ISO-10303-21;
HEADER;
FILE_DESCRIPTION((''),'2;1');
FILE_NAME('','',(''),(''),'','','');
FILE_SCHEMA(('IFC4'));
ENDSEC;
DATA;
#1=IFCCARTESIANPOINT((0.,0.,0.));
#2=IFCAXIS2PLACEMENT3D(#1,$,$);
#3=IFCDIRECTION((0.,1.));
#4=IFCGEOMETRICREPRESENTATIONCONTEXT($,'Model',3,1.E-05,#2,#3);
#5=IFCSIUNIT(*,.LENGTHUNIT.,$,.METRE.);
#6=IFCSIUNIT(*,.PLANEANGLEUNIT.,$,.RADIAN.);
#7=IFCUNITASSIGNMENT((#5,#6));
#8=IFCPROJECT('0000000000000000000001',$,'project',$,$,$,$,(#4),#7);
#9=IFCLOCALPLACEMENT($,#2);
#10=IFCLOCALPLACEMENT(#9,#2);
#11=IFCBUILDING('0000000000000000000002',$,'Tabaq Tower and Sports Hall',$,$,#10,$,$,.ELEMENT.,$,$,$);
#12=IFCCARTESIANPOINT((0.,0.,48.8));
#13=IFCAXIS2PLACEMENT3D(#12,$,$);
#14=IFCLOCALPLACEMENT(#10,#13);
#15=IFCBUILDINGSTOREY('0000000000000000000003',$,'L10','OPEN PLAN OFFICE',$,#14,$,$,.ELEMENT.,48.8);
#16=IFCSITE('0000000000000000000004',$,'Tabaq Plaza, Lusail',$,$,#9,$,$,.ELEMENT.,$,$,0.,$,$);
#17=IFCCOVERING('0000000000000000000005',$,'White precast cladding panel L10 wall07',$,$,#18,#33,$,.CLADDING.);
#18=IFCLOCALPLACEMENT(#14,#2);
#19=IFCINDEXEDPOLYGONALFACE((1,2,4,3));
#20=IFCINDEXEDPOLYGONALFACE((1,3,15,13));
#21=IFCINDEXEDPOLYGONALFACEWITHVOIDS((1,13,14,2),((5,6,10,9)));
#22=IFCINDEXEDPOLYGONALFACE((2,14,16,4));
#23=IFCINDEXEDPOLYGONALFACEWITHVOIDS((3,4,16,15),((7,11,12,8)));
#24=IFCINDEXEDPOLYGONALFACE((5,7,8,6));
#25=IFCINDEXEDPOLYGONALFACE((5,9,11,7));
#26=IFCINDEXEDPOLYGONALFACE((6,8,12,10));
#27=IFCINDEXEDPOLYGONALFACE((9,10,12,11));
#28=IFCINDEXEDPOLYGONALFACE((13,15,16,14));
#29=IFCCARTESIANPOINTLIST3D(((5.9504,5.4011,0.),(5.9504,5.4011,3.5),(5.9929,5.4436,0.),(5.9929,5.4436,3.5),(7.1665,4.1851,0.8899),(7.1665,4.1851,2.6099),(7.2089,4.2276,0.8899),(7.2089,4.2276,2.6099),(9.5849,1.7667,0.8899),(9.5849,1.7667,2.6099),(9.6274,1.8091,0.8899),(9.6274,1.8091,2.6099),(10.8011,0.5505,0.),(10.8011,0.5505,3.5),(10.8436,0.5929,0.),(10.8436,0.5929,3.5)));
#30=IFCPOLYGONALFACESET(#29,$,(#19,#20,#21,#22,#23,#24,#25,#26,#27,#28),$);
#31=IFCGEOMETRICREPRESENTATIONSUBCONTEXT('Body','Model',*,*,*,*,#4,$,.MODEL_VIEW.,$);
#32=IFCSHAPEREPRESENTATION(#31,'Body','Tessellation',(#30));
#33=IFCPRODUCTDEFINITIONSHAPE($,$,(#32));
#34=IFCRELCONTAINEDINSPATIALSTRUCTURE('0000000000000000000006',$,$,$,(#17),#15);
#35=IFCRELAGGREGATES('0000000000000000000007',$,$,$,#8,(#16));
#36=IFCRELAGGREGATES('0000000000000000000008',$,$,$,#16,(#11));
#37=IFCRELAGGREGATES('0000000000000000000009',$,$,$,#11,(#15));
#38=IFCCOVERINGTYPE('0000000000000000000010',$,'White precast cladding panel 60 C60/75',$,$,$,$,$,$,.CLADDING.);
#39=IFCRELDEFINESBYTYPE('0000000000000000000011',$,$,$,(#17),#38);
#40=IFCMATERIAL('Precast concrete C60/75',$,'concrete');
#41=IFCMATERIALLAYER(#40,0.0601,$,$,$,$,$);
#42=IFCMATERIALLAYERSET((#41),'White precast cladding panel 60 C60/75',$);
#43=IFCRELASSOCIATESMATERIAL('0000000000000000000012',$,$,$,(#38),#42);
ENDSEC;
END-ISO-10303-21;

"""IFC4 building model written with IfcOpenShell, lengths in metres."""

from ifc_helpers import new_model, si_unit, direction, frame, origin, place, context, subcontext, project, spatial, polyline, outline, extrude, material, layer, layer_set, type_object, element, save


model = new_model("IFC4")

# Units and contexts
model_context = context("Model", 3, precision=1e-05, world=origin(), true_north=direction((0.0, 1.0)))
body_context = subcontext(model_context, "Body", "Model", "MODEL_VIEW")
ifc_project = project(units=[si_unit("LENGTHUNIT", "METRE"), si_unit("PLANEANGLEUNIT", "RADIAN")], contexts=[model_context])

# Site, building, storey
site_placement = place(None, origin())
site = spatial("IfcSite", under=ifc_project, at=site_placement, Name="Tabaq Plaza, Lusail", CompositionType="ELEMENT", RefElevation=0.0)
building_placement = place(site_placement, origin())
building = spatial("IfcBuilding", under=site, at=building_placement, Name="Tabaq Tower and Sports Hall", CompositionType="ELEMENT")
storey_placement = place(building_placement, frame((0.0, 0.0, 48.8)))
storey = spatial("IfcBuildingStorey", under=building, at=storey_placement, Name="L10", Description="OPEN PLAN OFFICE", CompositionType="ELEMENT", Elevation=48.8)

# Covering
ifc_material_1 = material(Name="Precast concrete C60/75", Category="concrete")
ifc_layer_1 = layer(ifc_material_1, 0.0601)
ifc_layer_set_1 = layer_set([ifc_layer_1], Name="White precast cladding panel 60 C60/75")
covering_type_1 = type_object("IfcCoveringType", Name="White precast cladding panel 60 C60/75", PredefinedType="CLADDING", material=ifc_layer_set_1)
covering_1_placement = place(storey_placement, frame((5.9717, 5.4224, 0.0), z_axis=(0.0, 0.0, 1.0), x_axis=(0.707107, -0.707107, 0.0)))
element("IfcCovering", 1, at=covering_1_placement, inside=storey, type_object=covering_type_1, Name="White precast cladding panel L10 wall07", PredefinedType="CLADDING", context=body_context, shape_type="SweptSolid", body=[
    extrude(outline(polyline([(0.0, 0.0), (6.8599, 0.0), (6.8599, 3.5), (0.0, 3.5), (0.0, 0.0)]), holes=[polyline([(1.7197, 0.8899), (1.7197, 2.6099), (5.1399, 2.6099), (5.1399, 0.8899), (1.7197, 0.8899)])]), frame((0.0, 0.03, 0.0), z_axis=(0.0, -1.0, 0.0), x_axis=(1.0, 0.0, 0.0)), (0.0, 0.0, 1.0), 0.0601),
])

save(model, "model.ifc")
